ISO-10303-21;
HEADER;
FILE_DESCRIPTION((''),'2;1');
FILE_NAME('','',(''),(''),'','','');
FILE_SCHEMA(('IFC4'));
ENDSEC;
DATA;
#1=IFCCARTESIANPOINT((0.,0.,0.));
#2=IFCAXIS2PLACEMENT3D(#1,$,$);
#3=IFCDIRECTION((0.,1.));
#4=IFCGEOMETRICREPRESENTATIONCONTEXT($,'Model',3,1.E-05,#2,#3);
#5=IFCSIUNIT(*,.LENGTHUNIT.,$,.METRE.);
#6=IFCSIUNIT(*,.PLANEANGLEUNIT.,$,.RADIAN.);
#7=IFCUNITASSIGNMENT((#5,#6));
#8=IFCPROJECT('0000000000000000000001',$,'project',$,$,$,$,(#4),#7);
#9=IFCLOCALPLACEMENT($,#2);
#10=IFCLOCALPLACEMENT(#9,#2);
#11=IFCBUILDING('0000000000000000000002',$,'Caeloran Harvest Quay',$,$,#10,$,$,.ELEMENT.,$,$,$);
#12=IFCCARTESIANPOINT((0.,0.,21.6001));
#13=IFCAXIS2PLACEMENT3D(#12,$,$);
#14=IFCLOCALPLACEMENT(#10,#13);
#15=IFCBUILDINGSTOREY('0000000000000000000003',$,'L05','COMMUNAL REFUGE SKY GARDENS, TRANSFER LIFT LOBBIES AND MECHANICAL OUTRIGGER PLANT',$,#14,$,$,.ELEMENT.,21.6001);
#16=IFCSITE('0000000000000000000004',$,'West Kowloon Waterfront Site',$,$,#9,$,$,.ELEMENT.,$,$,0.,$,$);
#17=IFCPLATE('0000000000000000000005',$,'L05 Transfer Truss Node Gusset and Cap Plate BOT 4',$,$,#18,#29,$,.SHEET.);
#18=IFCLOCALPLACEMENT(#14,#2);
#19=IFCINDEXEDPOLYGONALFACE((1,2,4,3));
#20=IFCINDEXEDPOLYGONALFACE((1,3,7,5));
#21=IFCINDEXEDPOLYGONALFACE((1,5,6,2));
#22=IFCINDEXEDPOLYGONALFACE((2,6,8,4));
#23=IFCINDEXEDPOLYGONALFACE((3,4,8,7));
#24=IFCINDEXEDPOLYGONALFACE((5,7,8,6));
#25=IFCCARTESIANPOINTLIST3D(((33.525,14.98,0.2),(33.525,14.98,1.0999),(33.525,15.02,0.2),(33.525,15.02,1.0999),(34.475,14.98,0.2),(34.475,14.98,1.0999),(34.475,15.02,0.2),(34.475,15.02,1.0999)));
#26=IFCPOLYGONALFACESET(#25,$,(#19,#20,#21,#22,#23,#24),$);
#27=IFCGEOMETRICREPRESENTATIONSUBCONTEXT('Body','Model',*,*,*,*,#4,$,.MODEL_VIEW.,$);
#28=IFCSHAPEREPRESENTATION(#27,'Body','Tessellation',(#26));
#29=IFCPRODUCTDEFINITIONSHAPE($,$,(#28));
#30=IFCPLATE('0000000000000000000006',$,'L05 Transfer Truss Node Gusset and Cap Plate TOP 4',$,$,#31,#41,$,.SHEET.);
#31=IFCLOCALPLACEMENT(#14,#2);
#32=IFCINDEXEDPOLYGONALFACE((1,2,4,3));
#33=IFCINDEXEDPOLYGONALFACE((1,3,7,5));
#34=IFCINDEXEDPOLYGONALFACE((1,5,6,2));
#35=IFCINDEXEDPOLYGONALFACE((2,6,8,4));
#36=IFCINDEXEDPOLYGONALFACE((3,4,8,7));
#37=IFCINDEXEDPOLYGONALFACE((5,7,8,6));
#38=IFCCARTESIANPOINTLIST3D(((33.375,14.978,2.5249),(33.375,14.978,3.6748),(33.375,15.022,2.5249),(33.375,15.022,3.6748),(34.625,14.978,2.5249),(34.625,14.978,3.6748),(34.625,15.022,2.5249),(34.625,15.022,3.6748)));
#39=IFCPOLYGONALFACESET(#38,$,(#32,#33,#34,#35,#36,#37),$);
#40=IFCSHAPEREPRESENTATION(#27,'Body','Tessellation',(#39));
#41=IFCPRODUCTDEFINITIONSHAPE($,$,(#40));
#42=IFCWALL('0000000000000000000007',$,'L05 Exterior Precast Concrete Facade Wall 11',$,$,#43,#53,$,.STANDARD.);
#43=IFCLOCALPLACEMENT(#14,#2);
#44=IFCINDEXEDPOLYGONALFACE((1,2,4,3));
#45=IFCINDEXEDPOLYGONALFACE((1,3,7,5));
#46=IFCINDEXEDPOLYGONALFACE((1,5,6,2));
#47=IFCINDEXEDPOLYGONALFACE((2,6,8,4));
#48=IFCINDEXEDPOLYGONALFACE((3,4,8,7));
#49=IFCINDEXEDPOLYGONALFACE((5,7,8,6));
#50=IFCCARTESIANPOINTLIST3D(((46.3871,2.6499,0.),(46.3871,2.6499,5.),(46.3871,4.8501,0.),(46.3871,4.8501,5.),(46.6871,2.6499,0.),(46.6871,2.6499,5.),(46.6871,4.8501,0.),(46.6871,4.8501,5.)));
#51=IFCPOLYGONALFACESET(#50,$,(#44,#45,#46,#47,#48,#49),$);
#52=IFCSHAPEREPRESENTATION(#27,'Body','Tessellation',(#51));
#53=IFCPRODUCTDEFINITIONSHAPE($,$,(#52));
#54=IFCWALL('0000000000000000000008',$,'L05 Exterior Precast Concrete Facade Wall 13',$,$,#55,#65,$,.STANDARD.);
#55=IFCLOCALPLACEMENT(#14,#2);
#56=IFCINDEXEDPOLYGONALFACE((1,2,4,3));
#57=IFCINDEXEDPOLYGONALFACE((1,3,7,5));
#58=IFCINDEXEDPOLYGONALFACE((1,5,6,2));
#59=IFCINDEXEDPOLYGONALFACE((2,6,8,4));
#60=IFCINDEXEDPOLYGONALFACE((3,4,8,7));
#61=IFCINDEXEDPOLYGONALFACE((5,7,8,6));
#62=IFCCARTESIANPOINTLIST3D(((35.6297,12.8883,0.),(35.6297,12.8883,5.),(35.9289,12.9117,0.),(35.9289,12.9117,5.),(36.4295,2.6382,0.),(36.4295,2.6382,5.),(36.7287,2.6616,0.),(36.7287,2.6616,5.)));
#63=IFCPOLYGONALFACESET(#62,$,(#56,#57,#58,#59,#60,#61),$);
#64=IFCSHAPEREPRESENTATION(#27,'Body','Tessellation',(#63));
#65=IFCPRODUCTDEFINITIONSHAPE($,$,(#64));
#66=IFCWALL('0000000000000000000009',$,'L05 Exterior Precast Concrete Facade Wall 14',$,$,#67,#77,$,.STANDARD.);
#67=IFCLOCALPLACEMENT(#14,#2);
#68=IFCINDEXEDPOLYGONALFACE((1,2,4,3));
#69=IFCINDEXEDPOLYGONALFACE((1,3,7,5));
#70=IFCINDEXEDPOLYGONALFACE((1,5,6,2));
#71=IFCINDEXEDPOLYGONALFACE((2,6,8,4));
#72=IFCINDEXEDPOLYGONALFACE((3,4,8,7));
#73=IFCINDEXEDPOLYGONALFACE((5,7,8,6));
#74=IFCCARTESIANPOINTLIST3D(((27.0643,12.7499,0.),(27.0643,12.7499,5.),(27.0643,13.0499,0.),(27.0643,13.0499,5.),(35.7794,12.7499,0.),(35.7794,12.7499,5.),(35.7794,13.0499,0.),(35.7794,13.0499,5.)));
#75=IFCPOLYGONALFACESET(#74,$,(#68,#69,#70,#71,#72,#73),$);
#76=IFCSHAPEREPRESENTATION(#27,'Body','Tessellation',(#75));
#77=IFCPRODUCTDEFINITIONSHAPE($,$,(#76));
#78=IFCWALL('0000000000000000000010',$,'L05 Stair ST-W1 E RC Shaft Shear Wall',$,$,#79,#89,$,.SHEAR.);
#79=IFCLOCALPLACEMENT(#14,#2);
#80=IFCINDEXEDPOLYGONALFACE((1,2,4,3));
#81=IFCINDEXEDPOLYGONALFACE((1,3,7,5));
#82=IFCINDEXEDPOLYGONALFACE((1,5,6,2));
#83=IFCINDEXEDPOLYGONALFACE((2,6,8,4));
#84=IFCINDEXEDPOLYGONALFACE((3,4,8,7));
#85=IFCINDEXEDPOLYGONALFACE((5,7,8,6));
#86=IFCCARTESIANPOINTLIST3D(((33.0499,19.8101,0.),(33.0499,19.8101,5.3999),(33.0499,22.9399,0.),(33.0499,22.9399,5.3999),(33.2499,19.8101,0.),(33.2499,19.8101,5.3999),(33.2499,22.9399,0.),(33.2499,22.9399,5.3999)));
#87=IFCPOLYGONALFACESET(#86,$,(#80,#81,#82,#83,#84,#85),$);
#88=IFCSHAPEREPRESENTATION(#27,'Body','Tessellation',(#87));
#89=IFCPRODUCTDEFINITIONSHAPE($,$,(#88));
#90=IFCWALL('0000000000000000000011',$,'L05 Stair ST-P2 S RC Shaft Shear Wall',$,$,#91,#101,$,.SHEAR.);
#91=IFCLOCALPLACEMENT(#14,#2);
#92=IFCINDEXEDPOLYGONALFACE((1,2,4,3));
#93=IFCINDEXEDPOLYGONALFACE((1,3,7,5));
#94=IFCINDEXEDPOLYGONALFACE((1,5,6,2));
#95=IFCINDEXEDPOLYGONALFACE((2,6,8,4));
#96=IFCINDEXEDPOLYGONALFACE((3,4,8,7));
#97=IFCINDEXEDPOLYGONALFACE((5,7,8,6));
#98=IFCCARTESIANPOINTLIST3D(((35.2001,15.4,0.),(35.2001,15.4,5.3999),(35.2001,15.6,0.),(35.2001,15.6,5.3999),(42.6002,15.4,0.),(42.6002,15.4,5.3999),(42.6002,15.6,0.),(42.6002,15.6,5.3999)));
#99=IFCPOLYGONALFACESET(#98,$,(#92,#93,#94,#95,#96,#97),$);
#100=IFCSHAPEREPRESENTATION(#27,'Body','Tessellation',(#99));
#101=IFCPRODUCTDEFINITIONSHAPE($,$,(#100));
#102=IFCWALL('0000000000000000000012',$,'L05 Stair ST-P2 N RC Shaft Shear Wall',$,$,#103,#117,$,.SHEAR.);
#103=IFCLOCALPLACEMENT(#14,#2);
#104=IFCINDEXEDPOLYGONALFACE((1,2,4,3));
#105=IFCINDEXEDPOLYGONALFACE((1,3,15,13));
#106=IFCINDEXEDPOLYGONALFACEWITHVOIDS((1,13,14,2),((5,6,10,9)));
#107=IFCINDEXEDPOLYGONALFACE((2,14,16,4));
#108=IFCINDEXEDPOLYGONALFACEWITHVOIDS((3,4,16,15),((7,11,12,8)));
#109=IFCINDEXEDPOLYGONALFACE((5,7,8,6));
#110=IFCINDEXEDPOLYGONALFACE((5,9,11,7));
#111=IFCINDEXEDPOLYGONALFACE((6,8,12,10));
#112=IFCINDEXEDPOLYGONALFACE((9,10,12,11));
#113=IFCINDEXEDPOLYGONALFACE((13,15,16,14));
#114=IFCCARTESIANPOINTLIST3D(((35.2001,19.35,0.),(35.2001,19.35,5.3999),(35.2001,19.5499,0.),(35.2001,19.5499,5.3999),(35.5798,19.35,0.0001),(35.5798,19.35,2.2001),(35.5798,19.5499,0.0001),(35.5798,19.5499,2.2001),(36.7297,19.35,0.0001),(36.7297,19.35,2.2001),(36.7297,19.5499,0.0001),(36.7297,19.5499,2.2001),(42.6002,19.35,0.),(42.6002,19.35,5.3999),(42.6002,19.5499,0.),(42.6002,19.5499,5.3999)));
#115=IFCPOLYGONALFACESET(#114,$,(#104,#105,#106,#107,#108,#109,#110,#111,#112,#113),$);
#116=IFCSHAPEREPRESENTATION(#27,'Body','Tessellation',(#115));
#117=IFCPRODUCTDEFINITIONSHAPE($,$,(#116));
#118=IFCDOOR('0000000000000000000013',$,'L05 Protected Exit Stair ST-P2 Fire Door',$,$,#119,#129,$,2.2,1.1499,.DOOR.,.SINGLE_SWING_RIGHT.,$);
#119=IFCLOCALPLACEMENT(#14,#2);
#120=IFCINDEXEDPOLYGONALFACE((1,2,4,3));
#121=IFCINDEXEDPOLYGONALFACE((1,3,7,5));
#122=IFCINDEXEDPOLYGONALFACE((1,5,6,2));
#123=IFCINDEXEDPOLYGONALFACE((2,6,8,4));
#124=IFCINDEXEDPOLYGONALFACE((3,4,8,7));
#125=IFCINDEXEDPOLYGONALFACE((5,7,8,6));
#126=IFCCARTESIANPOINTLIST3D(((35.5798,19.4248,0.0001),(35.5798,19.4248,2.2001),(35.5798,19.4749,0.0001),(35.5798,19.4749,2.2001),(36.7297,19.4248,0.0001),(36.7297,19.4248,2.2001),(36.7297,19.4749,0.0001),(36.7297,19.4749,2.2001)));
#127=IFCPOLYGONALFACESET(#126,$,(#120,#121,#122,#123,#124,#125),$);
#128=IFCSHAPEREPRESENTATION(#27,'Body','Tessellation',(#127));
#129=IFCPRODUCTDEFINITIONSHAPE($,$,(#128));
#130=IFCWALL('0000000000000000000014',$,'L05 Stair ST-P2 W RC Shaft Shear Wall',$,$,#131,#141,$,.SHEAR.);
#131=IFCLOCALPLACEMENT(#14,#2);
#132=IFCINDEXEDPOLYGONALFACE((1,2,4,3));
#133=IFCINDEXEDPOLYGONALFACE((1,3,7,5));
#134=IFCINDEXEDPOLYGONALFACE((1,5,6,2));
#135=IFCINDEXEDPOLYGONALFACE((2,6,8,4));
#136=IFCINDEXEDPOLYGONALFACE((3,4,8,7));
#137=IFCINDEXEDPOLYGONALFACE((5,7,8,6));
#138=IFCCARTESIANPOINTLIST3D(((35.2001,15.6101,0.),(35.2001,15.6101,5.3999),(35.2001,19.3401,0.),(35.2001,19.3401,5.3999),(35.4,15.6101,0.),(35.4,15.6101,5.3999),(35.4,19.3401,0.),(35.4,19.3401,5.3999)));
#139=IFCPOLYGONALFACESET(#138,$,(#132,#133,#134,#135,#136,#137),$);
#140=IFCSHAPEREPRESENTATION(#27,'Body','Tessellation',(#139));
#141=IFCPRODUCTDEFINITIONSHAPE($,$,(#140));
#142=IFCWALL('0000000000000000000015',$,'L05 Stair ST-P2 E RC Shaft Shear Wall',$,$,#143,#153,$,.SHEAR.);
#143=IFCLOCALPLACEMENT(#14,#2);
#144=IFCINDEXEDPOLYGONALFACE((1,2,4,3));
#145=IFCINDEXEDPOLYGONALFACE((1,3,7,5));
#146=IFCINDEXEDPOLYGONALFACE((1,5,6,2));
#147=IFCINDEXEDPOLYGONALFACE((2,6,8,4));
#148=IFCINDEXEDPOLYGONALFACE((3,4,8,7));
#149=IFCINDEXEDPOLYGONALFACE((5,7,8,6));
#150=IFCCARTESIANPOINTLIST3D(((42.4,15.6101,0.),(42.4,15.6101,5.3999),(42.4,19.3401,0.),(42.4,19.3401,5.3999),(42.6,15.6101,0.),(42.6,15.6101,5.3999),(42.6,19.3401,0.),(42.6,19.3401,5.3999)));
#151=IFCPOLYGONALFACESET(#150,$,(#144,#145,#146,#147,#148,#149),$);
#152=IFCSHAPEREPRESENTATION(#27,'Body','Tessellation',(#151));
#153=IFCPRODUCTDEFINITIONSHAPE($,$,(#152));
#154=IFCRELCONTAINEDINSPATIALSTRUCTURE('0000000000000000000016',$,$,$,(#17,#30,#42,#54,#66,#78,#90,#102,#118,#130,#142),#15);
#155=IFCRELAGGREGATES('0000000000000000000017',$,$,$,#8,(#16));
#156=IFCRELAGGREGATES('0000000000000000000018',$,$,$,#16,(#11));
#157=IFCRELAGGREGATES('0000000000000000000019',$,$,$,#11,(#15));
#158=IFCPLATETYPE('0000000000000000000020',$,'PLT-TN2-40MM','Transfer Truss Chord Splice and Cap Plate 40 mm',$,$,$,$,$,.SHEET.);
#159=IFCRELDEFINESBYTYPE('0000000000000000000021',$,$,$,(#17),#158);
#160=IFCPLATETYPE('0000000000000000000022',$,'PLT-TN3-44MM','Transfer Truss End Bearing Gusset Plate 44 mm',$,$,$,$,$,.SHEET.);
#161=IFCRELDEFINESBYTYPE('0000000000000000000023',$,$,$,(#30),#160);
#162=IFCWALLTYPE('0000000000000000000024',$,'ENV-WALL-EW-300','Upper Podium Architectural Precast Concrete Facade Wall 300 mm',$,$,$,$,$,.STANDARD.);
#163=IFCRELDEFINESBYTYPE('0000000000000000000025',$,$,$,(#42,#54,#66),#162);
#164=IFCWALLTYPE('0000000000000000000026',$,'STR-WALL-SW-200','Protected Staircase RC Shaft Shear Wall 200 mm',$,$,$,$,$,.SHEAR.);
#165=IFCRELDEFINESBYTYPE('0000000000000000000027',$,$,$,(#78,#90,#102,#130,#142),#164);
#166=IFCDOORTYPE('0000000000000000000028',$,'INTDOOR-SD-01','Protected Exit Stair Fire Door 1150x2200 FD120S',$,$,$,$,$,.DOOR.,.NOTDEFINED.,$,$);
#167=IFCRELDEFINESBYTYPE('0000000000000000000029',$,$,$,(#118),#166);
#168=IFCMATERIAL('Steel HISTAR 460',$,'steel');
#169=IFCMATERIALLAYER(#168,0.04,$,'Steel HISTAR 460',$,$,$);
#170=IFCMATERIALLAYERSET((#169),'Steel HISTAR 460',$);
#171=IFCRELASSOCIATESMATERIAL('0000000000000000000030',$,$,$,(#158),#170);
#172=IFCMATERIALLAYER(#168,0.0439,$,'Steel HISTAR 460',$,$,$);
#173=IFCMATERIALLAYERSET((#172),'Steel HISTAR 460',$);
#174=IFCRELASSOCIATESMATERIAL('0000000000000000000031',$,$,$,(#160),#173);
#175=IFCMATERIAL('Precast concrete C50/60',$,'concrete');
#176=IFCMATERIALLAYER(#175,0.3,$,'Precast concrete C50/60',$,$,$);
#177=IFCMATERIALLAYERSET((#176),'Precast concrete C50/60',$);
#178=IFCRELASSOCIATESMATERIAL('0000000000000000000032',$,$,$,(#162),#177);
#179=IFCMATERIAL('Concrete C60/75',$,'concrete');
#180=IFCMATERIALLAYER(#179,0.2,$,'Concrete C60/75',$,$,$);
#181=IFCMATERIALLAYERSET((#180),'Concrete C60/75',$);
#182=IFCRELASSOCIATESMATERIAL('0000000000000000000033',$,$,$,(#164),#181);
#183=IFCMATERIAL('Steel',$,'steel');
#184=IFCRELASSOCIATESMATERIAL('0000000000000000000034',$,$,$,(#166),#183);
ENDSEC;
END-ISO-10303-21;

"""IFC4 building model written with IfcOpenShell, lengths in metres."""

from ifc_helpers import new_model, si_unit, direction, frame, frame_2d, origin, origin_2d, place, context, subcontext, project, spatial, rectangle, extrude, material, layer, layer_set, type_object, element, fill, save


model = new_model("IFC4")

# Units and contexts
model_context = context("Model", 3, precision=1e-05, world=origin(), true_north=direction((0.0, 1.0)))
body_context = subcontext(model_context, "Body", "Model", "MODEL_VIEW")
ifc_project = project(units=[si_unit("LENGTHUNIT", "METRE"), si_unit("PLANEANGLEUNIT", "RADIAN")], contexts=[model_context])

# Site, building, storey
site_placement = place(None, origin())
site = spatial("IfcSite", under=ifc_project, at=site_placement, Name="West Kowloon Waterfront Site", CompositionType="ELEMENT", RefElevation=0.0)
building_placement = place(site_placement, origin())
building = spatial("IfcBuilding", under=site, at=building_placement, Name="Caeloran Harvest Quay", CompositionType="ELEMENT")
storey_placement = place(building_placement, frame((0.0, 0.0, 21.6001)))
storey = spatial("IfcBuildingStorey", under=building, at=storey_placement, Name="L05", Description="COMMUNAL REFUGE SKY GARDENS, TRANSFER LIFT LOBBIES AND MECHANICAL OUTRIGGER PLANT", CompositionType="ELEMENT", Elevation=21.6001)

# Shared definitions
ifc_material_1 = material(Name="Steel HISTAR 460", Category="steel")

# Plates
ifc_layer_1 = layer(ifc_material_1, 0.04, Name="Steel HISTAR 460")
ifc_layer_set_1 = layer_set([ifc_layer_1], Name="Steel HISTAR 460")
plate_type_1 = type_object("IfcPlateType", Name="PLT-TN2-40MM", Description="Transfer Truss Chord Splice and Cap Plate 40 mm", PredefinedType="SHEET", material=ifc_layer_set_1)
plate_1_placement = place(storey_placement, frame((34.0, 15.0, 0.2), z_axis=(0.0, 0.0, 1.0), x_axis=(1.0, 0.0, 0.0)))
element("IfcPlate", 1, at=plate_1_placement, inside=storey, type_object=plate_type_1, Name="L05 Transfer Truss Node Gusset and Cap Plate BOT 4", PredefinedType="SHEET", context=body_context, shape_type="SweptSolid", body=[
    extrude(rectangle(XDim=0.95, YDim=0.04, at=origin_2d()), origin(), (0.0, 0.0, 1.0), 0.8999),
])
ifc_layer_2 = layer(ifc_material_1, 0.0439, Name="Steel HISTAR 460")
ifc_layer_set_2 = layer_set([ifc_layer_2], Name="Steel HISTAR 460")
plate_type_2 = type_object("IfcPlateType", Name="PLT-TN3-44MM", Description="Transfer Truss End Bearing Gusset Plate 44 mm", PredefinedType="SHEET", material=ifc_layer_set_2)
plate_2_placement = place(storey_placement, frame((34.0, 15.0, 2.5249), z_axis=(0.0, 0.0, 1.0), x_axis=(1.0, 0.0, 0.0)))
element("IfcPlate", 2, at=plate_2_placement, inside=storey, type_object=plate_type_2, Name="L05 Transfer Truss Node Gusset and Cap Plate TOP 4", PredefinedType="SHEET", context=body_context, shape_type="SweptSolid", body=[
    extrude(rectangle(XDim=1.25, YDim=0.0439, at=origin_2d()), origin(), (0.0, 0.0, 1.0), 1.1499),
])

# Walls
ifc_material_2 = material(Name="Precast concrete C50/60", Category="concrete")
ifc_layer_3 = layer(ifc_material_2, 0.3, Name="Precast concrete C50/60")
ifc_layer_set_3 = layer_set([ifc_layer_3], Name="Precast concrete C50/60")
wall_type_1 = type_object("IfcWallType", Name="ENV-WALL-EW-300", Description="Upper Podium Architectural Precast Concrete Facade Wall 300 mm", PredefinedType="STANDARD", material=ifc_layer_set_3)
wall_1_placement = place(storey_placement, frame((46.5371, 4.8501, 0.0), z_axis=(0.0, 0.0, 1.0), x_axis=(0.0, -1.0, 0.0)))
element("IfcWall", 3, at=wall_1_placement, inside=storey, type_object=wall_type_1, Name="L05 Exterior Precast Concrete Facade Wall 11", PredefinedType="STANDARD", context=body_context, shape_type="SweptSolid", body=[
    extrude(rectangle(XDim=2.2002, YDim=0.3, at=frame_2d((1.1001, 0.0))), origin(), (0.0, 0.0, 1.0), 5.0),
])
wall_2_placement = place(storey_placement, frame((36.5791, 2.6499, 0.0), z_axis=(0.0, 0.0, 1.0), x_axis=(-0.077793, 0.99697, 0.0)))
element("IfcWall", 4, at=wall_2_placement, inside=storey, type_object=wall_type_1, Name="L05 Exterior Precast Concrete Facade Wall 13", PredefinedType="STANDARD", context=body_context, shape_type="SweptSolid", body=[
    extrude(rectangle(XDim=10.2812, YDim=0.3, at=frame_2d((5.1406, 0.0))), origin(), (0.0, 0.0, 1.0), 5.0),
])
wall_3_placement = place(storey_placement, frame((35.7793, 12.8999, 0.0), z_axis=(0.0, 0.0, 1.0), x_axis=(-1.0, 0.0, 0.0)))
element("IfcWall", 5, at=wall_3_placement, inside=storey, type_object=wall_type_1, Name="L05 Exterior Precast Concrete Facade Wall 14", PredefinedType="STANDARD", context=body_context, shape_type="SweptSolid", body=[
    extrude(rectangle(XDim=8.7151, YDim=0.3, at=frame_2d((4.3574, 0.0))), origin(), (0.0, 0.0, 1.0), 5.0),
])
ifc_material_3 = material(Name="Concrete C60/75", Category="concrete")
ifc_layer_4 = layer(ifc_material_3, 0.2, Name="Concrete C60/75")
ifc_layer_set_4 = layer_set([ifc_layer_4], Name="Concrete C60/75")
wall_type_2 = type_object("IfcWallType", Name="STR-WALL-SW-200", Description="Protected Staircase RC Shaft Shear Wall 200 mm", PredefinedType="SHEAR", material=ifc_layer_set_4)
wall_4_placement = place(storey_placement, frame((33.1499, 19.8101, 0.0), z_axis=(0.0, 0.0, 1.0), x_axis=(0.0, 1.0, 0.0)))
element("IfcWall", 6, at=wall_4_placement, inside=storey, type_object=wall_type_2, Name="L05 Stair ST-W1 E RC Shaft Shear Wall", PredefinedType="SHEAR", context=body_context, shape_type="SweptSolid", body=[
    extrude(rectangle(XDim=3.1299, YDim=0.2, at=frame_2d((1.5649, 0.0))), origin(), (0.0, 0.0, 1.0), 5.3999),
])
wall_5_placement = place(storey_placement, frame((35.2, 15.5, 0.0), z_axis=(0.0, 0.0, 1.0), x_axis=(1.0, 0.0, 0.0)))
element("IfcWall", 7, at=wall_5_placement, inside=storey, type_object=wall_type_2, Name="L05 Stair ST-P2 S RC Shaft Shear Wall", PredefinedType="SHEAR", context=body_context, shape_type="SweptSolid", body=[
    extrude(rectangle(XDim=7.4001, YDim=0.2, at=frame_2d((3.7002, 0.0))), origin(), (0.0, 0.0, 1.0), 5.3999),
])

# Wall, opening, door
wall_6_placement = place(storey_placement, frame((35.2, 19.45, 0.0), z_axis=(0.0, 0.0, 1.0), x_axis=(1.0, 0.0, 0.0)))
wall_6 = element("IfcWall", 8, at=wall_6_placement, inside=storey, type_object=wall_type_2, Name="L05 Stair ST-P2 N RC Shaft Shear Wall", PredefinedType="SHEAR", context=body_context, shape_type="SweptSolid", body=[
    extrude(rectangle(XDim=7.4001, YDim=0.2, at=frame_2d((3.7002, 0.0))), origin(), (0.0, 0.0, 1.0), 5.3999),
])
opening_placement = place(wall_6_placement, frame((0.3799, 0.0, 0.0)))
opening = element("IfcOpeningElement", 9, at=opening_placement, cuts=wall_6, PredefinedType="OPENING", context=body_context, shape_type="SweptSolid", body=[
    extrude(rectangle(XDim=1.1499, YDim=2.2, at=frame_2d((0.575, 1.1001))), frame((0.0, 0.1099, 0.0), z_axis=(0.0, -1.0, 0.0), x_axis=(1.0, 0.0, 0.0)), (0.0, 0.0, 1.0), 0.22),
])
ifc_material_4 = material(Name="Steel", Category="steel")
door_type = type_object("IfcDoorType", Name="INTDOOR-SD-01", Description="Protected Exit Stair Fire Door 1150x2200 FD120S", OperationType="NOTDEFINED", PredefinedType="DOOR", material=ifc_material_4)
door_placement = place(opening_placement, origin())
door = element("IfcDoor", 10, at=door_placement, inside=storey, type_object=door_type, Name="L05 Protected Exit Stair ST-P2 Fire Door", OperationType="SINGLE_SWING_RIGHT", OverallHeight=2.2, OverallWidth=1.1499, PredefinedType="DOOR", context=body_context, shape_type="SweptSolid", body=[
    extrude(rectangle(XDim=1.1499, YDim=2.2, at=frame_2d((0.575, 1.1001))), frame((0.0, 0.0249, 0.0), z_axis=(0.0, -1.0, 0.0), x_axis=(1.0, 0.0, 0.0)), (0.0, 0.0, 1.0), 0.05),
])
fill(opening, door)

# Walls
for number, where, z_axis, x_axis, name in (
    (11, (35.3, 15.6101, 0.0), (0.0, 0.0, 1.0), (0.0, 1.0, 0.0), "L05 Stair ST-P2 W RC Shaft Shear Wall"),
    (12, (42.5, 15.6101, 0.0), (0.0, 0.0, 1.0), (0.0, 1.0, 0.0), "L05 Stair ST-P2 E RC Shaft Shear Wall"),
):
    element("IfcWall", number, at=place(storey_placement, frame(where, z_axis=z_axis, x_axis=x_axis)), inside=storey, type_object=wall_type_2, Name=name, PredefinedType="SHEAR", context=body_context, shape_type="SweptSolid", body=[
        extrude(rectangle(XDim=3.73, YDim=0.2, at=frame_2d((1.865, 0.0))), origin(), (0.0, 0.0, 1.0), 5.3999),
    ])

save(model, "model.ifc")
